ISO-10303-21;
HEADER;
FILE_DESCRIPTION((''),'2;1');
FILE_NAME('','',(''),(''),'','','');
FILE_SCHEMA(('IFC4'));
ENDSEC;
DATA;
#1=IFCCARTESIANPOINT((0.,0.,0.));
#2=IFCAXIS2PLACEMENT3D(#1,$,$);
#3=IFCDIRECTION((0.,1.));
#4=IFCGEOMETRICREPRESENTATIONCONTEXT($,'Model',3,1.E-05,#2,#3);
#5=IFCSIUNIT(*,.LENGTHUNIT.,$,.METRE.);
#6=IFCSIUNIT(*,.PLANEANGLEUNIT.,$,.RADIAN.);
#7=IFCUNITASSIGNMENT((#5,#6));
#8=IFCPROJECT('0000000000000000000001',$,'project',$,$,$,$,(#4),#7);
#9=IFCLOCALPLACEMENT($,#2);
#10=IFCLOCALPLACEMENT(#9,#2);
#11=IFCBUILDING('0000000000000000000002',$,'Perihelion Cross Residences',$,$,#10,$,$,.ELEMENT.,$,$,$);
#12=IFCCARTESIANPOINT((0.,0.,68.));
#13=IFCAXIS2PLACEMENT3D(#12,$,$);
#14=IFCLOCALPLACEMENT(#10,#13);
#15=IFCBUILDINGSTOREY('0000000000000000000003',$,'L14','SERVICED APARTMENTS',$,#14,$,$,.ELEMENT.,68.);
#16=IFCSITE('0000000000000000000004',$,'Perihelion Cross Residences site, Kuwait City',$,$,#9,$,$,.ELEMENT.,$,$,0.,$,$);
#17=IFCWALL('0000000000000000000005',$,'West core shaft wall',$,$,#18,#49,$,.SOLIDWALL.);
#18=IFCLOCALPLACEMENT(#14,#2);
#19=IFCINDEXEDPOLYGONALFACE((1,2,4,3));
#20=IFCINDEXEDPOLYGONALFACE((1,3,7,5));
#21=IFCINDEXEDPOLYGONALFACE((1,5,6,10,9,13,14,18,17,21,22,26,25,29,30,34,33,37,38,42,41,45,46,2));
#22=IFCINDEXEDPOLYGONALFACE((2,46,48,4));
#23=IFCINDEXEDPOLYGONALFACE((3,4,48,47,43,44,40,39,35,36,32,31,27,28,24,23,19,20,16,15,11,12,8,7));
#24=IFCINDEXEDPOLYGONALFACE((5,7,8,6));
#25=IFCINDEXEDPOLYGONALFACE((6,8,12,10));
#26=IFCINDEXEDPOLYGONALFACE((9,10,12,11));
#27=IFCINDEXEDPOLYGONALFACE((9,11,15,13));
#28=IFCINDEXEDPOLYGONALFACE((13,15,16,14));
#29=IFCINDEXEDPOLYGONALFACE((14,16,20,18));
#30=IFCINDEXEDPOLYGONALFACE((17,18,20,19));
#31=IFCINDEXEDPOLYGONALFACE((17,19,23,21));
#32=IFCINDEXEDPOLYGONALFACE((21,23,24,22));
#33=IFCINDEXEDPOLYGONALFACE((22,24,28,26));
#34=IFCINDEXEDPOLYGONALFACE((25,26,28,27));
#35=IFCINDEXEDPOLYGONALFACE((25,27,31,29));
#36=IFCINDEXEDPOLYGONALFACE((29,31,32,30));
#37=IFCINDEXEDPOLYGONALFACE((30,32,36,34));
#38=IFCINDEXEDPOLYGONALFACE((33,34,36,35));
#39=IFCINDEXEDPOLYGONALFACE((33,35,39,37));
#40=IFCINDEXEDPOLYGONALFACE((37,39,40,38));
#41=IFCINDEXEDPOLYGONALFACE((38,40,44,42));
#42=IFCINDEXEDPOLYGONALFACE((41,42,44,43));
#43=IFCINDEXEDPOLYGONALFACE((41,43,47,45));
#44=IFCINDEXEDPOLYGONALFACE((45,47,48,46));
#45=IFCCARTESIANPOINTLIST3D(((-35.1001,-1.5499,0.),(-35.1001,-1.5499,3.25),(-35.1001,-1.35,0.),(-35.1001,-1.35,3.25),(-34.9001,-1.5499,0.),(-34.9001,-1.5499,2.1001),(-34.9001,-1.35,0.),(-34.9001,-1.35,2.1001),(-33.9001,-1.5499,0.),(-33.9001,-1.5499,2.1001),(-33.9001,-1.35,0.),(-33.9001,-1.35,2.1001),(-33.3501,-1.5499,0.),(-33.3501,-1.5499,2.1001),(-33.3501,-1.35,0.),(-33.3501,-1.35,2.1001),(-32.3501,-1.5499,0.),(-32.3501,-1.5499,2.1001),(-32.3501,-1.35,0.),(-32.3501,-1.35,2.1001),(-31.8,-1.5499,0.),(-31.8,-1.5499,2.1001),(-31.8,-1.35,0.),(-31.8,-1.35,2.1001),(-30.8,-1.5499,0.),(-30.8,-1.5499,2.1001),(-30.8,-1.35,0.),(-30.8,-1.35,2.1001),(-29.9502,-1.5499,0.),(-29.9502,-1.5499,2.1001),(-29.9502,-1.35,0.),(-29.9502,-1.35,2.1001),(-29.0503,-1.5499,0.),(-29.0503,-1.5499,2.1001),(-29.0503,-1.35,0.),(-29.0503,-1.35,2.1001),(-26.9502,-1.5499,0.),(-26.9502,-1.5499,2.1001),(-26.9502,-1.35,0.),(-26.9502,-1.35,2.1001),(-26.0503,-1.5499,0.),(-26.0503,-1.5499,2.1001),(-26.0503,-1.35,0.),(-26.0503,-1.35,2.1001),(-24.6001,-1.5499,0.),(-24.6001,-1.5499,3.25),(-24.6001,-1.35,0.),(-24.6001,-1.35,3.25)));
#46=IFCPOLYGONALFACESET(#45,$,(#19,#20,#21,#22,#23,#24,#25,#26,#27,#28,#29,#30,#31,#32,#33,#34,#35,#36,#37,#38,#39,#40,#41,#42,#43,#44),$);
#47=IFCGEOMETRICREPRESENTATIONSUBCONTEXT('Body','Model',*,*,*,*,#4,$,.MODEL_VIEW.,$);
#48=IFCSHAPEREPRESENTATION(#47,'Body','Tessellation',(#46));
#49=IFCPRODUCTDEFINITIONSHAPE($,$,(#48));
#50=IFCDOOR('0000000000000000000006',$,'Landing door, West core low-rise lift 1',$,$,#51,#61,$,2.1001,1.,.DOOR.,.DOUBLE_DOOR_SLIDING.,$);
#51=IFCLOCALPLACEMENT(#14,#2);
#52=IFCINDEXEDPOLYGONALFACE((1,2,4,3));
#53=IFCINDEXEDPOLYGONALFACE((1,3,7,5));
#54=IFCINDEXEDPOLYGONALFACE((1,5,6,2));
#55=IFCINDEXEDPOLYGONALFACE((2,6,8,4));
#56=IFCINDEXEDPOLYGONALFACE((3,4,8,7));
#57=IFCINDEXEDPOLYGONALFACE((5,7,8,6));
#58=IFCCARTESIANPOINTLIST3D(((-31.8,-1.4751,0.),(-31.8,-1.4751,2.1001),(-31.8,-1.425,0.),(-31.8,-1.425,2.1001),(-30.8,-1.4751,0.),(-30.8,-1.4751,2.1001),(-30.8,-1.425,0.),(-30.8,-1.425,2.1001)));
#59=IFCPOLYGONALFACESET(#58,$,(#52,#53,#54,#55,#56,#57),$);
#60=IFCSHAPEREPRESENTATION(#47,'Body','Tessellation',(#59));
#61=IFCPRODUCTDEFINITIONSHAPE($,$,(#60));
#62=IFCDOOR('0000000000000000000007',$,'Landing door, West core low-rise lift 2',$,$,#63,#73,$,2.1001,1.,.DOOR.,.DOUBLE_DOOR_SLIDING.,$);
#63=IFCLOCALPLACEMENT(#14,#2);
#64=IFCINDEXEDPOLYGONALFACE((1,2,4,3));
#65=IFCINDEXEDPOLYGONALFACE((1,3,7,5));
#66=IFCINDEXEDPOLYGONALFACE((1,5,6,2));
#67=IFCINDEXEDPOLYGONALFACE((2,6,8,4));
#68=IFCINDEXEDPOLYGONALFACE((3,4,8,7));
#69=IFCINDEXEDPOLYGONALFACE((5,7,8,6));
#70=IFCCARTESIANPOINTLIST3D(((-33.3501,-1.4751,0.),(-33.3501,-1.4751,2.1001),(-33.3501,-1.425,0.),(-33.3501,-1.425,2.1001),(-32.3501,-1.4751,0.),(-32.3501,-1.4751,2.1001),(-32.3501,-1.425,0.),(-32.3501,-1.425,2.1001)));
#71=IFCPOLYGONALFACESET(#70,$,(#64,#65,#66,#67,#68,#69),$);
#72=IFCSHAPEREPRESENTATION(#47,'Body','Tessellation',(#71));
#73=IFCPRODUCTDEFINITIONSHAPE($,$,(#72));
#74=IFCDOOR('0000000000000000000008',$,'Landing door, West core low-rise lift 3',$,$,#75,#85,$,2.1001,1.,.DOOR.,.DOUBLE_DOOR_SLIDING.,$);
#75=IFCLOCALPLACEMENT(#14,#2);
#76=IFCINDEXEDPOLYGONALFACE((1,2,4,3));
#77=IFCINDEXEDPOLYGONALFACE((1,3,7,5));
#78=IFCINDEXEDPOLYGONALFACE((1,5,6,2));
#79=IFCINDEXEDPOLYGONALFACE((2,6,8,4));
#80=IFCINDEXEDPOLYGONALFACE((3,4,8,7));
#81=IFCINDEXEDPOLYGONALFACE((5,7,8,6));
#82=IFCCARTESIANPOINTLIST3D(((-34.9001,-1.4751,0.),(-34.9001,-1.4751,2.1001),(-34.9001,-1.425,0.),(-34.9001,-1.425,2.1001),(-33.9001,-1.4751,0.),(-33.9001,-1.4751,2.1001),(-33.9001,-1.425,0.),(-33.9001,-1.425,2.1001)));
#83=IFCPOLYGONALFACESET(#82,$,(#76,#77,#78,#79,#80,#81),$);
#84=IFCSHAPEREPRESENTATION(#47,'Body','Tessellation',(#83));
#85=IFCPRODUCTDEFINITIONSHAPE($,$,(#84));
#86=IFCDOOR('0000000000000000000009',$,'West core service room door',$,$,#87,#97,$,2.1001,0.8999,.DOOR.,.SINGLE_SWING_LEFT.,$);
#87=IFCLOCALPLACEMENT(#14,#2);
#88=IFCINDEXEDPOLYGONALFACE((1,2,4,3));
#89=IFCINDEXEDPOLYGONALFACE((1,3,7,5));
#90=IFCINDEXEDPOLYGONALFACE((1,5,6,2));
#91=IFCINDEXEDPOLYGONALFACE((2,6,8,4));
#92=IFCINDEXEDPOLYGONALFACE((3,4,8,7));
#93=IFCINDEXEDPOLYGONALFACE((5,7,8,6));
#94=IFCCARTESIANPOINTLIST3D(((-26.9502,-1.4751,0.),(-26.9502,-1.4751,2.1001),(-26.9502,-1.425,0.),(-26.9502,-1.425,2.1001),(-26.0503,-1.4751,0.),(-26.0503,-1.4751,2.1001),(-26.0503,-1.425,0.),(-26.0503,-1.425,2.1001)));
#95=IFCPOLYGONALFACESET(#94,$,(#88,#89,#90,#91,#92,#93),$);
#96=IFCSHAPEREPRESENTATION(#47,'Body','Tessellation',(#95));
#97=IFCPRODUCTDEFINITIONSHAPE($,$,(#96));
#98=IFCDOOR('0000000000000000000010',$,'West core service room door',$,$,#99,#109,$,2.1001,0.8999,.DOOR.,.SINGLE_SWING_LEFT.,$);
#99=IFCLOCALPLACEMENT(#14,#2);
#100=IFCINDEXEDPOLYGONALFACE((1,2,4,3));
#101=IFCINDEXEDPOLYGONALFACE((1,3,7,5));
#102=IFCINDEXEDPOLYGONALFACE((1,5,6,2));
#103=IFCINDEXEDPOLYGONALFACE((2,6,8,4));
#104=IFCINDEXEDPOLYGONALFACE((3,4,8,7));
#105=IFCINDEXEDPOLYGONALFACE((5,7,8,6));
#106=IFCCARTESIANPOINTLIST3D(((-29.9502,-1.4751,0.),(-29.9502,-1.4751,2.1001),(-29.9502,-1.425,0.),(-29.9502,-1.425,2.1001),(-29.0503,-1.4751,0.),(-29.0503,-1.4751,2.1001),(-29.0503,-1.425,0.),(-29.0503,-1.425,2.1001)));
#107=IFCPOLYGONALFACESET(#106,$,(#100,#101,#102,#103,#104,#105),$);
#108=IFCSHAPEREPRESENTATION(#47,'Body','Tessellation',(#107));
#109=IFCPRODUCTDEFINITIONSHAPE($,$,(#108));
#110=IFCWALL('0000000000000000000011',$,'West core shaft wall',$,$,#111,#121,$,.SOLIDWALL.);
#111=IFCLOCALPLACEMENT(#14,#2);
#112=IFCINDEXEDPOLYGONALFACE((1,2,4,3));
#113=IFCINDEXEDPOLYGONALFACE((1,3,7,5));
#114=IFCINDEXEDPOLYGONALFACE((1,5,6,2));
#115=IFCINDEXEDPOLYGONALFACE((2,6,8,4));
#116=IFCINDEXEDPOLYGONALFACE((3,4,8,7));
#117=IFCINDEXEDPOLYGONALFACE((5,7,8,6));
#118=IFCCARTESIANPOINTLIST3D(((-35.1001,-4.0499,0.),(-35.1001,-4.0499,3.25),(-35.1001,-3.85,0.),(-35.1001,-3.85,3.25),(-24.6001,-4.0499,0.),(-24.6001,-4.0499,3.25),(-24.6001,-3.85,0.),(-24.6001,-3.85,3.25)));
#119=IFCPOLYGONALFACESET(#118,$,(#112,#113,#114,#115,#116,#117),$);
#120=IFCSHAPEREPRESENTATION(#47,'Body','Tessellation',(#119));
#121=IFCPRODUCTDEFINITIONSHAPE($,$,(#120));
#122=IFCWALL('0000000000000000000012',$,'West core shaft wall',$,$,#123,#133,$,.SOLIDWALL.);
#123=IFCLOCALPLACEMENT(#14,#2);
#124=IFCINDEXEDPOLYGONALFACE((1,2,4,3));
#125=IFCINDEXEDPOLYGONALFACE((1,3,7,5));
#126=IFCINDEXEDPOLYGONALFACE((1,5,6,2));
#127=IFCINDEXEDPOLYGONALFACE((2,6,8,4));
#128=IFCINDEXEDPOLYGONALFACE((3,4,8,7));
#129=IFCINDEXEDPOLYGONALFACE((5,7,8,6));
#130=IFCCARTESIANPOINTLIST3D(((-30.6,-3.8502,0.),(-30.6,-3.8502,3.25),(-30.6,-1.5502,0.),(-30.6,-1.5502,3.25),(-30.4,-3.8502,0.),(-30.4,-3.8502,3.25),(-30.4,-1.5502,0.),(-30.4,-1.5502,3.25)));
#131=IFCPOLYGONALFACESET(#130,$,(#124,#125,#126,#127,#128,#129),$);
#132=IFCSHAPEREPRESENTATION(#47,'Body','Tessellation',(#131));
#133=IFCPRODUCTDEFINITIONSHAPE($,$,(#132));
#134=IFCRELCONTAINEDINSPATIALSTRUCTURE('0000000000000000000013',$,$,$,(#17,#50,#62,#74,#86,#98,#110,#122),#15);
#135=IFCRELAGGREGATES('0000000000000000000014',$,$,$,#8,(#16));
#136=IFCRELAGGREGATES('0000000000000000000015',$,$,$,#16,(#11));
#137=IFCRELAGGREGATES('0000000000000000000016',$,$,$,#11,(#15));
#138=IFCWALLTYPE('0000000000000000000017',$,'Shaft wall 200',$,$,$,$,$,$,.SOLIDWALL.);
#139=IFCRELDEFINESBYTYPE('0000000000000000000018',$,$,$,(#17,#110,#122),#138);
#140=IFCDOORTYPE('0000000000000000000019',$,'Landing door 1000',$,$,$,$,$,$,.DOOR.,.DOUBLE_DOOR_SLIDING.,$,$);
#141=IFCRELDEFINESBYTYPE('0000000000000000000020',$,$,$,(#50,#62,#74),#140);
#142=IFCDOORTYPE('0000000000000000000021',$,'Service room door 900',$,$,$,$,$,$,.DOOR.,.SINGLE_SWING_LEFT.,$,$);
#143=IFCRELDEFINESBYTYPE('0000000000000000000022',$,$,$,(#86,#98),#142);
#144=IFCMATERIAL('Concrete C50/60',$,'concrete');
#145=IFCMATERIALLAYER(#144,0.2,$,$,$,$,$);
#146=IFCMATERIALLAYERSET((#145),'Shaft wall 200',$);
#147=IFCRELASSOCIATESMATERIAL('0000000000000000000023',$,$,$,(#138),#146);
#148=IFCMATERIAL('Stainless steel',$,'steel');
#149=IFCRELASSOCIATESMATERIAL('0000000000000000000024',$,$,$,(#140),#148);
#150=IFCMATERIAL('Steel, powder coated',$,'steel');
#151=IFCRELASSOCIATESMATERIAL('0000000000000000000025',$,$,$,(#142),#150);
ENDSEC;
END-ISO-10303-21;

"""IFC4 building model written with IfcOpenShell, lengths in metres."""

from ifc_helpers import new_model, si_unit, direction, frame, frame_2d, origin, place, context, subcontext, project, spatial, rectangle, extrude, material, layer, layer_set, type_object, element, fill, save


model = new_model("IFC4")

# Units and contexts
model_context = context("Model", 3, precision=1e-05, world=origin(), true_north=direction((0.0, 1.0)))
body_context = subcontext(model_context, "Body", "Model", "MODEL_VIEW")
ifc_project = project(units=[si_unit("LENGTHUNIT", "METRE"), si_unit("PLANEANGLEUNIT", "RADIAN")], contexts=[model_context])

# Site, building, storey
site_placement = place(None, origin())
site = spatial("IfcSite", under=ifc_project, at=site_placement, Name="Perihelion Cross Residences site, Kuwait City", CompositionType="ELEMENT", RefElevation=0.0)
building_placement = place(site_placement, origin())
building = spatial("IfcBuilding", under=site, at=building_placement, Name="Perihelion Cross Residences", CompositionType="ELEMENT")
storey_placement = place(building_placement, frame((0.0, 0.0, 68.0)))
storey = spatial("IfcBuildingStorey", under=building, at=storey_placement, Name="L14", Description="SERVICED APARTMENTS", CompositionType="ELEMENT", Elevation=68.0)

# Wall, openings, doors
ifc_material_1 = material(Name="Concrete C50/60", Category="concrete")
ifc_layer_1 = layer(ifc_material_1, 0.2)
ifc_layer_set_1 = layer_set([ifc_layer_1], Name="Shaft wall 200")
wall_type_1 = type_object("IfcWallType", Name="Shaft wall 200", PredefinedType="SOLIDWALL", material=ifc_layer_set_1)
wall_1_placement = place(storey_placement, frame((-35.1001, -1.45, 0.0), z_axis=(0.0, 0.0, 1.0), x_axis=(1.0, 0.0, 0.0)))
wall_1 = element("IfcWall", 1, at=wall_1_placement, inside=storey, type_object=wall_type_1, Name="West core shaft wall", PredefinedType="SOLIDWALL", context=body_context, shape_type="SweptSolid", body=[
    extrude(rectangle(XDim=10.5, YDim=0.2, at=frame_2d((5.25, 0.0))), origin(), (0.0, 0.0, 1.0), 3.25),
])
opening_1_placement = place(wall_1_placement, frame((3.3, 0.0, 0.0)))
opening_1 = element("IfcOpeningElement", 2, at=opening_1_placement, cuts=wall_1, PredefinedType="OPENING", context=body_context, shape_type="SweptSolid", body=[
    extrude(rectangle(XDim=1.0, YDim=2.1001, at=frame_2d((0.5, 1.05))), frame((0.0, 0.1099, 0.0), z_axis=(0.0, -1.0, 0.0), x_axis=(1.0, 0.0, 0.0)), (0.0, 0.0, 1.0), 0.22),
])
opening_2_placement = place(wall_1_placement, frame((1.75, 0.0, 0.0)))
opening_2 = element("IfcOpeningElement", 3, at=opening_2_placement, cuts=wall_1, PredefinedType="OPENING", context=body_context, shape_type="SweptSolid", body=[
    extrude(rectangle(XDim=1.0, YDim=2.1001, at=frame_2d((0.5, 1.05))), frame((0.0, 0.1099, 0.0), z_axis=(0.0, -1.0, 0.0), x_axis=(1.0, 0.0, 0.0)), (0.0, 0.0, 1.0), 0.22),
])
opening_3_placement = place(wall_1_placement, frame((0.2, 0.0, 0.0)))
opening_3 = element("IfcOpeningElement", 4, at=opening_3_placement, cuts=wall_1, PredefinedType="OPENING", context=body_context, shape_type="SweptSolid", body=[
    extrude(rectangle(XDim=1.0, YDim=2.1001, at=frame_2d((0.5, 1.05))), frame((0.0, 0.1099, 0.0), z_axis=(0.0, -1.0, 0.0), x_axis=(1.0, 0.0, 0.0)), (0.0, 0.0, 1.0), 0.22),
])
opening_4_placement = place(wall_1_placement, frame((8.1499, 0.0, 0.0)))
opening_4 = element("IfcOpeningElement", 5, at=opening_4_placement, cuts=wall_1, PredefinedType="OPENING", context=body_context, shape_type="SweptSolid", body=[
    extrude(rectangle(XDim=0.8999, YDim=2.1001, at=frame_2d((0.45, 1.05))), frame((0.0, 0.1099, 0.0), z_axis=(0.0, -1.0, 0.0), x_axis=(1.0, 0.0, 0.0)), (0.0, 0.0, 1.0), 0.22),
])
opening_5_placement = place(wall_1_placement, frame((5.1499, 0.0, 0.0)))
opening_5 = element("IfcOpeningElement", 6, at=opening_5_placement, cuts=wall_1, PredefinedType="OPENING", context=body_context, shape_type="SweptSolid", body=[
    extrude(rectangle(XDim=0.8999, YDim=2.1001, at=frame_2d((0.45, 1.05))), frame((0.0, 0.1099, 0.0), z_axis=(0.0, -1.0, 0.0), x_axis=(1.0, 0.0, 0.0)), (0.0, 0.0, 1.0), 0.22),
])
ifc_material_2 = material(Name="Stainless steel", Category="steel")
door_type_1 = type_object("IfcDoorType", Name="Landing door 1000", OperationType="DOUBLE_DOOR_SLIDING", PredefinedType="DOOR", material=ifc_material_2)
door_1_placement = place(opening_1_placement, origin())
door_1 = element("IfcDoor", 7, at=door_1_placement, inside=storey, type_object=door_type_1, Name="Landing door, West core low-rise lift 1", OperationType="DOUBLE_DOOR_SLIDING", OverallHeight=2.1001, OverallWidth=1.0, PredefinedType="DOOR", context=body_context, shape_type="SweptSolid", body=[
    extrude(rectangle(XDim=1.0, YDim=2.1001, at=frame_2d((0.5, 1.05))), frame((0.0, 0.0249, 0.0), z_axis=(0.0, -1.0, 0.0), x_axis=(1.0, 0.0, 0.0)), (0.0, 0.0, 1.0), 0.05),
])
fill(opening_1, door_1)
door_2_placement = place(opening_2_placement, origin())
door_2 = element("IfcDoor", 8, at=door_2_placement, inside=storey, type_object=door_type_1, Name="Landing door, West core low-rise lift 2", OperationType="DOUBLE_DOOR_SLIDING", OverallHeight=2.1001, OverallWidth=1.0, PredefinedType="DOOR", context=body_context, shape_type="SweptSolid", body=[
    extrude(rectangle(XDim=1.0, YDim=2.1001, at=frame_2d((0.5, 1.05))), frame((0.0, 0.0249, 0.0), z_axis=(0.0, -1.0, 0.0), x_axis=(1.0, 0.0, 0.0)), (0.0, 0.0, 1.0), 0.05),
])
fill(opening_2, door_2)
door_3_placement = place(opening_3_placement, origin())
door_3 = element("IfcDoor", 9, at=door_3_placement, inside=storey, type_object=door_type_1, Name="Landing door, West core low-rise lift 3", OperationType="DOUBLE_DOOR_SLIDING", OverallHeight=2.1001, OverallWidth=1.0, PredefinedType="DOOR", context=body_context, shape_type="SweptSolid", body=[
    extrude(rectangle(XDim=1.0, YDim=2.1001, at=frame_2d((0.5, 1.05))), frame((0.0, 0.0249, 0.0), z_axis=(0.0, -1.0, 0.0), x_axis=(1.0, 0.0, 0.0)), (0.0, 0.0, 1.0), 0.05),
])
fill(opening_3, door_3)
ifc_material_3 = material(Name="Steel, powder coated", Category="steel")
door_type_2 = type_object("IfcDoorType", Name="Service room door 900", OperationType="SINGLE_SWING_LEFT", PredefinedType="DOOR", material=ifc_material_3)
door_4_placement = place(opening_4_placement, origin())
door_4 = element("IfcDoor", 10, at=door_4_placement, inside=storey, type_object=door_type_2, Name="West core service room door", OperationType="SINGLE_SWING_LEFT", OverallHeight=2.1001, OverallWidth=0.8999, PredefinedType="DOOR", context=body_context, shape_type="SweptSolid", body=[
    extrude(rectangle(XDim=0.8999, YDim=2.1001, at=frame_2d((0.45, 1.05))), frame((0.0, 0.0249, 0.0), z_axis=(0.0, -1.0, 0.0), x_axis=(1.0, 0.0, 0.0)), (0.0, 0.0, 1.0), 0.05),
])
fill(opening_4, door_4)
door_5_placement = place(opening_5_placement, origin())
door_5 = element("IfcDoor", 11, at=door_5_placement, inside=storey, type_object=door_type_2, Name="West core service room door", OperationType="SINGLE_SWING_LEFT", OverallHeight=2.1001, OverallWidth=0.8999, PredefinedType="DOOR", context=body_context, shape_type="SweptSolid", body=[
    extrude(rectangle(XDim=0.8999, YDim=2.1001, at=frame_2d((0.45, 1.05))), frame((0.0, 0.0249, 0.0), z_axis=(0.0, -1.0, 0.0), x_axis=(1.0, 0.0, 0.0)), (0.0, 0.0, 1.0), 0.05),
])
fill(opening_5, door_5)

# Walls
wall_2_placement = place(storey_placement, frame((-35.1001, -3.95, 0.0), z_axis=(0.0, 0.0, 1.0), x_axis=(1.0, 0.0, 0.0)))
element("IfcWall", 12, at=wall_2_placement, inside=storey, type_object=wall_type_1, Name="West core shaft wall", PredefinedType="SOLIDWALL", context=body_context, shape_type="SweptSolid", body=[
    extrude(rectangle(XDim=10.5, YDim=0.2, at=frame_2d((5.25, 0.0))), origin(), (0.0, 0.0, 1.0), 3.25),
])
wall_3_placement = place(storey_placement, frame((-30.5, -3.8501, 0.0), z_axis=(0.0, 0.0, 1.0), x_axis=(0.0, 1.0, 0.0)))
element("IfcWall", 13, at=wall_3_placement, inside=storey, type_object=wall_type_1, Name="West core shaft wall", PredefinedType="SOLIDWALL", context=body_context, shape_type="SweptSolid", body=[
    extrude(rectangle(XDim=2.3, YDim=0.2, at=frame_2d((1.1499, 0.0))), origin(), (0.0, 0.0, 1.0), 3.25),
])

save(model, "model.ifc")
